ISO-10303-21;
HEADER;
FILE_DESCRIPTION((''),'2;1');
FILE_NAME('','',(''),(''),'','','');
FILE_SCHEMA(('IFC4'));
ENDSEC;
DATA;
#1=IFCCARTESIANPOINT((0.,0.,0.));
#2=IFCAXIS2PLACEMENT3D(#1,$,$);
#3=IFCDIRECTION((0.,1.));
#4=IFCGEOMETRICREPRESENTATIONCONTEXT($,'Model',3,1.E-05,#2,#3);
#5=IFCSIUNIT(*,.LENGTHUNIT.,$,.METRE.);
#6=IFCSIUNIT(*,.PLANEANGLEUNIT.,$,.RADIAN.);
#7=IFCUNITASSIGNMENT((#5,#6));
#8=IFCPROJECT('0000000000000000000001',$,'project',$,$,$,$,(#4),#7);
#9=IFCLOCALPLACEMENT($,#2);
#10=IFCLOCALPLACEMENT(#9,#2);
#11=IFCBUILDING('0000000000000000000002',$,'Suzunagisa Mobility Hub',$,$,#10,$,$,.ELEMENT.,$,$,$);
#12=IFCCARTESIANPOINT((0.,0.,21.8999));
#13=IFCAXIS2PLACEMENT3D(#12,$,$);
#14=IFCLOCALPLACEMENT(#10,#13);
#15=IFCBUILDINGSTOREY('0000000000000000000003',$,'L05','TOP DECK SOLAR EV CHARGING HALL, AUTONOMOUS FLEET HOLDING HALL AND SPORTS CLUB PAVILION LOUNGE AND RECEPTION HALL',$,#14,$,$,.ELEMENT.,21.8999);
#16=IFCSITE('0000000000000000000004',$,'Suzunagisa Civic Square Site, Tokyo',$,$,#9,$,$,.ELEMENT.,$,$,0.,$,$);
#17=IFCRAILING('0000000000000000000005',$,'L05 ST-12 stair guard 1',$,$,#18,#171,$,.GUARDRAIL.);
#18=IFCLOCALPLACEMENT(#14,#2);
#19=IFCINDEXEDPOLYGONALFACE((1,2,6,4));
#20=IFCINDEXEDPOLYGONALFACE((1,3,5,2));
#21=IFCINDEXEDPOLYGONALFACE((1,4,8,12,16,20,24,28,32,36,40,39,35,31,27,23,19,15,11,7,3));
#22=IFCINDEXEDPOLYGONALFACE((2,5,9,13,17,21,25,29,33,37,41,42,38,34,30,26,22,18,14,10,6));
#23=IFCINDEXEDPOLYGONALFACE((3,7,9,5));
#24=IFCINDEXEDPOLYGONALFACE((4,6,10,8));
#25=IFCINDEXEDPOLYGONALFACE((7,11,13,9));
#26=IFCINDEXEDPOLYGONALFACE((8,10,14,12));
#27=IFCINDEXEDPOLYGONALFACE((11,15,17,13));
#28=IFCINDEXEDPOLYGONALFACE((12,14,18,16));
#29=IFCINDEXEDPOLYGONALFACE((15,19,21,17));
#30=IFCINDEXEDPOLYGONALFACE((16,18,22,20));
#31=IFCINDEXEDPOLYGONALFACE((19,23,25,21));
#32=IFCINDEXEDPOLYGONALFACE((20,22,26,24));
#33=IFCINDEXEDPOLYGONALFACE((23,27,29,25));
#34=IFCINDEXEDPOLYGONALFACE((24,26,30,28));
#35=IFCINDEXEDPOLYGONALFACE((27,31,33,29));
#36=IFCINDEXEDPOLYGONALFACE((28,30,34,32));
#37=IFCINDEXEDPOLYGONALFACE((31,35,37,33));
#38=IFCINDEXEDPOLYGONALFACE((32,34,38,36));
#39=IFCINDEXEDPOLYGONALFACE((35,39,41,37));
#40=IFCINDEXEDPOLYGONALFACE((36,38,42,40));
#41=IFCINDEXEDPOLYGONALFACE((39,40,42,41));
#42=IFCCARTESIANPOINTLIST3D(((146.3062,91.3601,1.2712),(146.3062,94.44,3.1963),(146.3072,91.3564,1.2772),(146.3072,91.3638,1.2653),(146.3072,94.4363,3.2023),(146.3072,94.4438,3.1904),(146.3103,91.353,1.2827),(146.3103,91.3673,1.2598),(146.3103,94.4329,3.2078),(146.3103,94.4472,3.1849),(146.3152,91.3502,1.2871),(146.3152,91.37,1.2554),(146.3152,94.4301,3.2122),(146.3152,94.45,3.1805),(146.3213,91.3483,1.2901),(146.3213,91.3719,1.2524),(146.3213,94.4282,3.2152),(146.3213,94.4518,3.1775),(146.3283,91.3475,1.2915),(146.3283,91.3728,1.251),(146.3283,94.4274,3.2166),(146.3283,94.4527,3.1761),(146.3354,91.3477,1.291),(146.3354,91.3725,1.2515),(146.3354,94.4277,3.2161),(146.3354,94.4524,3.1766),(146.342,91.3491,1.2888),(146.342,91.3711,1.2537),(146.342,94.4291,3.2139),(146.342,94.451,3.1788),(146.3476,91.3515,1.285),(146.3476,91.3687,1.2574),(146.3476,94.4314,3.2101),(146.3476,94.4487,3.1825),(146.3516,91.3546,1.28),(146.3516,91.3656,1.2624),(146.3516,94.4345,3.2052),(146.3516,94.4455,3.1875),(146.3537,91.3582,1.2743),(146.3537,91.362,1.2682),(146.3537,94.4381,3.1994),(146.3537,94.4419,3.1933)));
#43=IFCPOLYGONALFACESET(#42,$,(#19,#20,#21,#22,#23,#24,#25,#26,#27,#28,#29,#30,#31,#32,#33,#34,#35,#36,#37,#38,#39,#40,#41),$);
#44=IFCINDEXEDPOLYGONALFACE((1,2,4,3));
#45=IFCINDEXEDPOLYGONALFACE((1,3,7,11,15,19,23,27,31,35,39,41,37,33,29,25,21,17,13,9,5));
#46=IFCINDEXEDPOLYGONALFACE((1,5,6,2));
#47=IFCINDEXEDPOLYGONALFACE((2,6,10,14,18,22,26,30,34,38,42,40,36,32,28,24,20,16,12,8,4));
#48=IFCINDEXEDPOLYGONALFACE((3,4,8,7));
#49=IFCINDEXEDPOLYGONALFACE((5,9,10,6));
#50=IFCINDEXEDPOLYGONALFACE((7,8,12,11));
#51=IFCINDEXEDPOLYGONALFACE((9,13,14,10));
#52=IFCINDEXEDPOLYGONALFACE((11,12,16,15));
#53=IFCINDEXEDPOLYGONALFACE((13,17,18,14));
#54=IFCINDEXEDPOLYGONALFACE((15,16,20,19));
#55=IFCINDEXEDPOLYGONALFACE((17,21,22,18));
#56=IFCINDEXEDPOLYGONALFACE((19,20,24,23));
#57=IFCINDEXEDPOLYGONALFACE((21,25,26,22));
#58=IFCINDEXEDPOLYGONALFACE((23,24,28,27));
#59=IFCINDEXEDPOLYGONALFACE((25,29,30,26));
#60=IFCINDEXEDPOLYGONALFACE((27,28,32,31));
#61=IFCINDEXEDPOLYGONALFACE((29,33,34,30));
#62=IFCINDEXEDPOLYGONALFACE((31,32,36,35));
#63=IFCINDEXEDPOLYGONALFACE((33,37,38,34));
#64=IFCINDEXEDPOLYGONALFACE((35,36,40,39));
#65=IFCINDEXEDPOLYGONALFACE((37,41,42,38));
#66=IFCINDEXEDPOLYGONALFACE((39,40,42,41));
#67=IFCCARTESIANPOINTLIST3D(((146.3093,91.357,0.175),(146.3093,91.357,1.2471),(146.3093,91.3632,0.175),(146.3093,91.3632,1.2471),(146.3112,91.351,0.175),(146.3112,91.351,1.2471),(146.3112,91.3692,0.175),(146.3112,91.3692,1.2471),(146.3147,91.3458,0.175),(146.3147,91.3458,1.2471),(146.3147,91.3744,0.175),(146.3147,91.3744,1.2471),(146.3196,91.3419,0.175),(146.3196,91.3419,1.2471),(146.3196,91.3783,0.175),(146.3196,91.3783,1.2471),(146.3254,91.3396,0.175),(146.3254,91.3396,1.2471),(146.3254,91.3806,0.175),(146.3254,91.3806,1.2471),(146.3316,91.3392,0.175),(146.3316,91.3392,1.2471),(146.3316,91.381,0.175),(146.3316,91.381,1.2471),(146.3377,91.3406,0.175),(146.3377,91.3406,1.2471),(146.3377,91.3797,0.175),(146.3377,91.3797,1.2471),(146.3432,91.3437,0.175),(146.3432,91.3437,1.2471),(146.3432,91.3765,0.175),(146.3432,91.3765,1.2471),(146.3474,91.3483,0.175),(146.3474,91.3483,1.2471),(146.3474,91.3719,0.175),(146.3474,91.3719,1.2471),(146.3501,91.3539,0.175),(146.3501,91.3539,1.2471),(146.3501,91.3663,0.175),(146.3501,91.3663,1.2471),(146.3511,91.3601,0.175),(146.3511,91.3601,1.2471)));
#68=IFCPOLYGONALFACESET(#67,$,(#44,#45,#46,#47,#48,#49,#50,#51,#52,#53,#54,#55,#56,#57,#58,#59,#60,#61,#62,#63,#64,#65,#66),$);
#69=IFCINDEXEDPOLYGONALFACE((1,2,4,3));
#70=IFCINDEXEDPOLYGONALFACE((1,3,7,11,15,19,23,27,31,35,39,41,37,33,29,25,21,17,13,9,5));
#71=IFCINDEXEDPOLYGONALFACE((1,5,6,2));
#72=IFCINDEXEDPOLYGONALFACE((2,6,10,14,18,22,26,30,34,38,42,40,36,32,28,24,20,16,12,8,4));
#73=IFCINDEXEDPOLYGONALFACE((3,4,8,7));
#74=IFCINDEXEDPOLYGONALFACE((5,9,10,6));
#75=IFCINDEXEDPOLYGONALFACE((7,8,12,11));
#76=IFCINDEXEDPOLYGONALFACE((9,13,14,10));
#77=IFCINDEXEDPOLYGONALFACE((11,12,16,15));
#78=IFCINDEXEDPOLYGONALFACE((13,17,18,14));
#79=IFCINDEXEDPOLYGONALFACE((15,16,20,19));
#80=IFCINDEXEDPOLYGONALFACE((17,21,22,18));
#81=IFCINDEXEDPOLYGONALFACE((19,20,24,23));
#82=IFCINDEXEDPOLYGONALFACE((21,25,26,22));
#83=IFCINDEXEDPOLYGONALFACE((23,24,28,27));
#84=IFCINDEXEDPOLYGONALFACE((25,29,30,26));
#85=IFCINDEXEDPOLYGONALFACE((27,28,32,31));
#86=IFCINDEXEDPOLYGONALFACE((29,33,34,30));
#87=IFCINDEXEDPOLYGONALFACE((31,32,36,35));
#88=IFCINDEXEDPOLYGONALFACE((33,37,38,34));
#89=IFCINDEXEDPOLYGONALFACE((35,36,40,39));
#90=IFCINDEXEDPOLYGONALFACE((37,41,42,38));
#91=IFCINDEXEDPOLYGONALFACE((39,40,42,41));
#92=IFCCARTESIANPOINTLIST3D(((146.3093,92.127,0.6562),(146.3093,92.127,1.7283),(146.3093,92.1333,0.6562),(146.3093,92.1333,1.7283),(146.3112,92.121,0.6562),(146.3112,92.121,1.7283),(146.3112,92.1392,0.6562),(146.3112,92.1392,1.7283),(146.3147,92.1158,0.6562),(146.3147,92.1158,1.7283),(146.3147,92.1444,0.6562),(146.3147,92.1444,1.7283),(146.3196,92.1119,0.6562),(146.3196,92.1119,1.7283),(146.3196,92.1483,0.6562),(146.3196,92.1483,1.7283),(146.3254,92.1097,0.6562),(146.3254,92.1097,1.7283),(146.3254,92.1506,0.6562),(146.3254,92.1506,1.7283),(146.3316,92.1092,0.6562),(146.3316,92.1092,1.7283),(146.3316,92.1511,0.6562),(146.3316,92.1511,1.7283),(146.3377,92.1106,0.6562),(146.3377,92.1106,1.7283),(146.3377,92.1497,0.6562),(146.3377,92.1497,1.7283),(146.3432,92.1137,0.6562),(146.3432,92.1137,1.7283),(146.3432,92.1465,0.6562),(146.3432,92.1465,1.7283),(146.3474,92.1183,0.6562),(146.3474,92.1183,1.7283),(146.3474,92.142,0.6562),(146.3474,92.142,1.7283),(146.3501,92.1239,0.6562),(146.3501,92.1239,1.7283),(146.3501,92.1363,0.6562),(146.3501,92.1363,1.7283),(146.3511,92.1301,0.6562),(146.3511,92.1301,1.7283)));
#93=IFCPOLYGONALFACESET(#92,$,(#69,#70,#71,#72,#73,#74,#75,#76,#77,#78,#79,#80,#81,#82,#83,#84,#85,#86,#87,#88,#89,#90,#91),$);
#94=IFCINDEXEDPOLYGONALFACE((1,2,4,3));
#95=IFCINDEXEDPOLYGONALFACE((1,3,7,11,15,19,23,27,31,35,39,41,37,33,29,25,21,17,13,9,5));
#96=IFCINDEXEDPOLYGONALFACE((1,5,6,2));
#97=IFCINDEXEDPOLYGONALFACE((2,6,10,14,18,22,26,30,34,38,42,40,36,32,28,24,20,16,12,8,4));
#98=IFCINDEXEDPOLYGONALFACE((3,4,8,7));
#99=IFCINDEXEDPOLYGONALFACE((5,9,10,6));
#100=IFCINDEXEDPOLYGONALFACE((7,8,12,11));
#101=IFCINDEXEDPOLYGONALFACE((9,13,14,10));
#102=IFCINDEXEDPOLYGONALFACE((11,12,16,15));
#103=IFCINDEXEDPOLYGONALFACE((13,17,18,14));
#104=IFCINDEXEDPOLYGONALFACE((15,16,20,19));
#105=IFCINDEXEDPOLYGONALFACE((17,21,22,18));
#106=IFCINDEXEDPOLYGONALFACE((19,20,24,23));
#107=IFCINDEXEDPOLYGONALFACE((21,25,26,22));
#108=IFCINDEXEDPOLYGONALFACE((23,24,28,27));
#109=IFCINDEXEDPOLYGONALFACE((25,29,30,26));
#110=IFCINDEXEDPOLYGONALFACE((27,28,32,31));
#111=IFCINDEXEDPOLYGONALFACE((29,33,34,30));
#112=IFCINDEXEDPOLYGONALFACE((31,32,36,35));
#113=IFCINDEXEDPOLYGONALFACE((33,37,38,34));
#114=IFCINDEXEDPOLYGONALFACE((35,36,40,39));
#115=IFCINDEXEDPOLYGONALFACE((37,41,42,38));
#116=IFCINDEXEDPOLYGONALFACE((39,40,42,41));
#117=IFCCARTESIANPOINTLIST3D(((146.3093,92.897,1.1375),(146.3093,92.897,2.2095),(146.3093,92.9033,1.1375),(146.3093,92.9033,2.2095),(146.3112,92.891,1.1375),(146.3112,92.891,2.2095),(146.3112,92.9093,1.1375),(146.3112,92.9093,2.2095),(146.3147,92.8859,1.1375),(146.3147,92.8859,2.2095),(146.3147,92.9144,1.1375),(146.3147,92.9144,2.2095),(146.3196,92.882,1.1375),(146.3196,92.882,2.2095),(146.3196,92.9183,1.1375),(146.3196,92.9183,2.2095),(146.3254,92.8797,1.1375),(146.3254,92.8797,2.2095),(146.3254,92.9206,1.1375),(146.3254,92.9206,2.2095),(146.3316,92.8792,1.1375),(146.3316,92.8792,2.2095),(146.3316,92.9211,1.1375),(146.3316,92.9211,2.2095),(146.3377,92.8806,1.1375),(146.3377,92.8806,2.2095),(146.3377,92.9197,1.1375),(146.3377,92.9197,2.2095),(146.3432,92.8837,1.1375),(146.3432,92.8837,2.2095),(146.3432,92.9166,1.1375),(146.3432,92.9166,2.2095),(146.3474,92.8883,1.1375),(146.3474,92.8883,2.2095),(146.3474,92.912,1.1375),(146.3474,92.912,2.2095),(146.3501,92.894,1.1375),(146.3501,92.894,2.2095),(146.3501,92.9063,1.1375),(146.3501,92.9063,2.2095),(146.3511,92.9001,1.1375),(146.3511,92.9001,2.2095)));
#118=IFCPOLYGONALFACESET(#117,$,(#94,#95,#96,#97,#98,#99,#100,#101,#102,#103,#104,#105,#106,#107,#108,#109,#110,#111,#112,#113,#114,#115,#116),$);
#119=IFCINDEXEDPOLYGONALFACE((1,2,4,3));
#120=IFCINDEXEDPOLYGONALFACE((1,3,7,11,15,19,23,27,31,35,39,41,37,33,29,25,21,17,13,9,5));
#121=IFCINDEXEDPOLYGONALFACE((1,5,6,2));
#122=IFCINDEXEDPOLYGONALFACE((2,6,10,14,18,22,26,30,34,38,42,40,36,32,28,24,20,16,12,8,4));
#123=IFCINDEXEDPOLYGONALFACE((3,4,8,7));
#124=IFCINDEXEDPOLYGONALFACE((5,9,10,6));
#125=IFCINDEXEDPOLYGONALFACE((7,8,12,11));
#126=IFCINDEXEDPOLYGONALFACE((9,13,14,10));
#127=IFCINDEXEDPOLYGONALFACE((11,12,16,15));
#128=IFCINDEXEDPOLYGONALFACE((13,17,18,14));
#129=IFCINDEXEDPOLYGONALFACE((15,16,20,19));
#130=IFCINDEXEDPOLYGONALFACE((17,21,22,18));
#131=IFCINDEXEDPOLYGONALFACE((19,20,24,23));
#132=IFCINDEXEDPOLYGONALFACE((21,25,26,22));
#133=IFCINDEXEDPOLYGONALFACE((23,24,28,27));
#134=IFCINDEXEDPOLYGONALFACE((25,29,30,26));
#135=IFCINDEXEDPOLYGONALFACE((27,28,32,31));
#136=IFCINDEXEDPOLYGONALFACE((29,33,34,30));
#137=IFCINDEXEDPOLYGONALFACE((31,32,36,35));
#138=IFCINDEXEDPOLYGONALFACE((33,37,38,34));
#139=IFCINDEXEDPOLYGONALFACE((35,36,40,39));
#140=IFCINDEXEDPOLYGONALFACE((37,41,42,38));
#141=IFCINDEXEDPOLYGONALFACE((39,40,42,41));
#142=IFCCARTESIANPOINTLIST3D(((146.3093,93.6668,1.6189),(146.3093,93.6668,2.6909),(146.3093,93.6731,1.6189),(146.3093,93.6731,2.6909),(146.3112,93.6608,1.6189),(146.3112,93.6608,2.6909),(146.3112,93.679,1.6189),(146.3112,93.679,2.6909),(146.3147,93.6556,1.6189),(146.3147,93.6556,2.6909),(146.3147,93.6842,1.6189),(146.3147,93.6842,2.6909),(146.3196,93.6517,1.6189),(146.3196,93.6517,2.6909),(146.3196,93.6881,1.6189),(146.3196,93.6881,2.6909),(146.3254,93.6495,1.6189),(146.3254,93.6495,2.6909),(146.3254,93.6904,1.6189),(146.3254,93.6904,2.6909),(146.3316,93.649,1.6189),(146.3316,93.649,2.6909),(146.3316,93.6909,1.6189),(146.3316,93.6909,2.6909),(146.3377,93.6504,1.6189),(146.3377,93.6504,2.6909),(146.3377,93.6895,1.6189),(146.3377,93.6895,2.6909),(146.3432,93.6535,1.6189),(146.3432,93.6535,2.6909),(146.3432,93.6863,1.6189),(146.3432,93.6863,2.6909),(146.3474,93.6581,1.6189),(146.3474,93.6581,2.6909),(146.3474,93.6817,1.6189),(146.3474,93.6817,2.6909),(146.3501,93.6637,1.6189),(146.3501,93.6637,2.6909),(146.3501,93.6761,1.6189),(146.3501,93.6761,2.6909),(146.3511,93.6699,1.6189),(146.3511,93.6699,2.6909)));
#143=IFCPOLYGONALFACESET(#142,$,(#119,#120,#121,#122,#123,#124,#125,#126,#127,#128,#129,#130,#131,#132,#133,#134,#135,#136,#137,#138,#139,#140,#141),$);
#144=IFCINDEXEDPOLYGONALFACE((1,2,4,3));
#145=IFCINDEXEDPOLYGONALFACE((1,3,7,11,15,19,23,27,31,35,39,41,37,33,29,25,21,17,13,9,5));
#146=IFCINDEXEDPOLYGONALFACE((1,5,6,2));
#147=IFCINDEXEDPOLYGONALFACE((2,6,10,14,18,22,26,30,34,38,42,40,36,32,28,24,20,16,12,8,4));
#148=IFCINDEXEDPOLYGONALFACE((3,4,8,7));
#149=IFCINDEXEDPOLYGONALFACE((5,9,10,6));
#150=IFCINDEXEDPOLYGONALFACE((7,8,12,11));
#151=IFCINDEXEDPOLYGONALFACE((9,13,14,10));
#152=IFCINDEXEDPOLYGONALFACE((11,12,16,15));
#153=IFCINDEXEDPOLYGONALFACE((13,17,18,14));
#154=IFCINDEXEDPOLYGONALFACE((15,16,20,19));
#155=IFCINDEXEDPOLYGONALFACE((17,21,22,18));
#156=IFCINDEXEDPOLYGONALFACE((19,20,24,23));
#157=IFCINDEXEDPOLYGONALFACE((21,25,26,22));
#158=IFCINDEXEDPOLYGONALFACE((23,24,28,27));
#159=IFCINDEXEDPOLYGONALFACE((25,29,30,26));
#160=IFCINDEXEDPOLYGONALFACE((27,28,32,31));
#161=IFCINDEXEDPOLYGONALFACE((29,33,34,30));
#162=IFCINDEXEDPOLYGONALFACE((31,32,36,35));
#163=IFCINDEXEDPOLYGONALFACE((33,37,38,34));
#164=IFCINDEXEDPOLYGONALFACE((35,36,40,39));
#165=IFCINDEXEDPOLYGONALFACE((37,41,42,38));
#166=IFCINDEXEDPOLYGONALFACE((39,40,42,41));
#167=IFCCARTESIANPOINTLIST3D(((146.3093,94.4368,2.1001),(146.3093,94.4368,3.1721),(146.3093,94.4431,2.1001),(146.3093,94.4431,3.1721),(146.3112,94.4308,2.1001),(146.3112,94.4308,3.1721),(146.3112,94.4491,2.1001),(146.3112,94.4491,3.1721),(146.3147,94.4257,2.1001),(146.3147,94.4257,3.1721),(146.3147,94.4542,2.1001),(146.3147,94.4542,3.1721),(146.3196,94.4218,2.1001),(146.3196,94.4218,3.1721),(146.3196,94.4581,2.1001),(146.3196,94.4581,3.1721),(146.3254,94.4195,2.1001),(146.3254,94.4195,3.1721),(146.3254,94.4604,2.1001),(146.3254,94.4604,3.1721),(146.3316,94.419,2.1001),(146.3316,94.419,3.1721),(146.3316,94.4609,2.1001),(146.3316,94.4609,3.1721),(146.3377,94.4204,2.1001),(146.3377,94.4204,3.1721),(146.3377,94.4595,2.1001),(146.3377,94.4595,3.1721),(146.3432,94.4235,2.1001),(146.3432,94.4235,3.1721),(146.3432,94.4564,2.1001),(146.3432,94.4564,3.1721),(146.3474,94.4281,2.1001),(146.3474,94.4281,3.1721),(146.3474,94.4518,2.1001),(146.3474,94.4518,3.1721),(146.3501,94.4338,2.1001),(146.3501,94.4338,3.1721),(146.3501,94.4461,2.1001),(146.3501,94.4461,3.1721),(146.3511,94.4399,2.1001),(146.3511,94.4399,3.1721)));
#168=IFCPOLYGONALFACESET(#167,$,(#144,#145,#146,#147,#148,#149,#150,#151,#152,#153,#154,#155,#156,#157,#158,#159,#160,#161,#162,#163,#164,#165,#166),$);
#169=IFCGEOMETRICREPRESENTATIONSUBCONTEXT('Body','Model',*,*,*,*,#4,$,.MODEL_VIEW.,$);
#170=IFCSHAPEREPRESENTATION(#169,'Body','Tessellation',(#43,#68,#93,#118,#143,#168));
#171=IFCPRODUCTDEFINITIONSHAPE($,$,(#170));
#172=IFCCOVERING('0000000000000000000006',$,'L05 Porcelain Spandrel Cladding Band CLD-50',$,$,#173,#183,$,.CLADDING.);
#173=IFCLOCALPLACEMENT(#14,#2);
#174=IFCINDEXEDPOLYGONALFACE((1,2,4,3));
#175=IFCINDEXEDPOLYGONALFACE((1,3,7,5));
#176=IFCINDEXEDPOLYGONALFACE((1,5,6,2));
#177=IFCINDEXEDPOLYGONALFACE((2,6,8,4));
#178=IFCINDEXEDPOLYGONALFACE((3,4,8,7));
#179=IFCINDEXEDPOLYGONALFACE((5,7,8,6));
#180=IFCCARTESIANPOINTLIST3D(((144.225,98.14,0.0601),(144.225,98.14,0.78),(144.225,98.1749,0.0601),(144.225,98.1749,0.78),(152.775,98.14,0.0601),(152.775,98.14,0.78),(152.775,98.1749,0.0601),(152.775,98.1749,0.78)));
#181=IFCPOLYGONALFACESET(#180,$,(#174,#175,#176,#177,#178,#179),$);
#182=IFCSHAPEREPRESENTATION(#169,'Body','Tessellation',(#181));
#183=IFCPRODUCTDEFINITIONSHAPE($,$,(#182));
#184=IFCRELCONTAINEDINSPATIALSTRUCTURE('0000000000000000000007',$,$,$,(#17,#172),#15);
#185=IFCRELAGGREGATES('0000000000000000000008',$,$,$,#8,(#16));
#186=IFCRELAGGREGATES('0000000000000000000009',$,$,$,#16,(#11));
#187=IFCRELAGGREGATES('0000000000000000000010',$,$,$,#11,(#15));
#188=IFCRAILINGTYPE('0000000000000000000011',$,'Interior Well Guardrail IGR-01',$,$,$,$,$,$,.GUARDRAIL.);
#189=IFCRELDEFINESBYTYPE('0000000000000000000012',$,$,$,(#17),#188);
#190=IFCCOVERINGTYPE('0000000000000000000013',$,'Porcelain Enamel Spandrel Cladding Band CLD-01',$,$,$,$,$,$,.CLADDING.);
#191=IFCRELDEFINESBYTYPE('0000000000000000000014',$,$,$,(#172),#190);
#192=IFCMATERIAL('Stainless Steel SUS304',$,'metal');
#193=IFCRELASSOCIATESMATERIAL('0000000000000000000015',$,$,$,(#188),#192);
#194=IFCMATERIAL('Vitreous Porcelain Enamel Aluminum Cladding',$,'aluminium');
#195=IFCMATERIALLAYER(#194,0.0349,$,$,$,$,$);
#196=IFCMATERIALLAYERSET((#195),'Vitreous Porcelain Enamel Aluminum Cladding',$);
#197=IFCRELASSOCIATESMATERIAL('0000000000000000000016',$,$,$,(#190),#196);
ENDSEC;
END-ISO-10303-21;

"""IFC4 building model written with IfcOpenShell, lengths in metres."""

from ifc_helpers import new_model, si_unit, direction, frame, origin, origin_2d, place, context, subcontext, project, spatial, rectangle, circle, extrude, material, layer, layer_set, type_object, element, save


model = new_model("IFC4")

# Units and contexts
model_context = context("Model", 3, precision=1e-05, world=origin(), true_north=direction((0.0, 1.0)))
body_context = subcontext(model_context, "Body", "Model", "MODEL_VIEW")
ifc_project = project(units=[si_unit("LENGTHUNIT", "METRE"), si_unit("PLANEANGLEUNIT", "RADIAN")], contexts=[model_context])

# Site, building, storey
site_placement = place(None, origin())
site = spatial("IfcSite", under=ifc_project, at=site_placement, Name="Suzunagisa Civic Square Site, Tokyo", CompositionType="ELEMENT", RefElevation=0.0)
building_placement = place(site_placement, origin())
building = spatial("IfcBuilding", under=site, at=building_placement, Name="Suzunagisa Mobility Hub", CompositionType="ELEMENT")
storey_placement = place(building_placement, frame((0.0, 0.0, 21.8999)))
storey = spatial("IfcBuildingStorey", under=building, at=storey_placement, Name="L05", Description="TOP DECK SOLAR EV CHARGING HALL, AUTONOMOUS FLEET HOLDING HALL AND SPORTS CLUB PAVILION LOUNGE AND RECEPTION HALL", CompositionType="ELEMENT", Elevation=21.8999)

# Railing
ifc_material_1 = material(Name="Stainless Steel SUS304", Category="metal")
railing_type_1 = type_object("IfcRailingType", Name="Interior Well Guardrail IGR-01", PredefinedType="GUARDRAIL", material=ifc_material_1)
railing_1_placement = place(storey_placement, frame((146.3301, 91.3601, 0.175)))
element("IfcRailing", 1, at=railing_1_placement, inside=storey, type_object=railing_type_1, Name="L05 ST-12 stair guard 1", PredefinedType="GUARDRAIL", context=body_context, shape_type="SweptSolid", body=[
    extrude(circle(Radius=0.0239, at=origin_2d()), frame((0.0, 0.0, 1.0962), z_axis=(0.0, 0.847979, 0.530029), x_axis=(-1.0, 0.0, 0.0)), (0.0, 0.0, 1.0), 3.6321),
    extrude(circle(Radius=0.021, at=origin_2d()), origin(), (0.0, 0.0, 1.0), 1.072),
    extrude(circle(Radius=0.021, at=origin_2d()), frame((0.0, 0.77, 0.4812)), (0.0, 0.0, 1.0), 1.072),
    extrude(circle(Radius=0.021, at=origin_2d()), frame((0.0, 1.54, 0.9624)), (0.0, 0.0, 1.0), 1.072),
    extrude(circle(Radius=0.021, at=origin_2d()), frame((0.0, 2.3098, 1.4438)), (0.0, 0.0, 1.0), 1.072),
    extrude(circle(Radius=0.021, at=origin_2d()), frame((0.0, 3.0798, 1.925)), (0.0, 0.0, 1.0), 1.072),
])

# Covering
ifc_material_2 = material(Name="Vitreous Porcelain Enamel Aluminum Cladding", Category="aluminium")
ifc_layer_1 = layer(ifc_material_2, 0.0349)
ifc_layer_set_1 = layer_set([ifc_layer_1], Name="Vitreous Porcelain Enamel Aluminum Cladding")
covering_type = type_object("IfcCoveringType", Name="Porcelain Enamel Spandrel Cladding Band CLD-01", PredefinedType="CLADDING", material=ifc_layer_set_1)
covering_placement = place(storey_placement, frame((148.5, 98.1575, 0.0601), z_axis=(0.0, 0.0, 1.0), x_axis=(-1.0, 0.0, 0.0)))
element("IfcCovering", 2, at=covering_placement, inside=storey, type_object=covering_type, Name="L05 Porcelain Spandrel Cladding Band CLD-50", PredefinedType="CLADDING", context=body_context, shape_type="SweptSolid", body=[
    extrude(rectangle(XDim=8.55, YDim=0.0349, at=origin_2d()), origin(), (0.0, 0.0, 1.0), 0.72),
])

save(model, "model.ifc")
